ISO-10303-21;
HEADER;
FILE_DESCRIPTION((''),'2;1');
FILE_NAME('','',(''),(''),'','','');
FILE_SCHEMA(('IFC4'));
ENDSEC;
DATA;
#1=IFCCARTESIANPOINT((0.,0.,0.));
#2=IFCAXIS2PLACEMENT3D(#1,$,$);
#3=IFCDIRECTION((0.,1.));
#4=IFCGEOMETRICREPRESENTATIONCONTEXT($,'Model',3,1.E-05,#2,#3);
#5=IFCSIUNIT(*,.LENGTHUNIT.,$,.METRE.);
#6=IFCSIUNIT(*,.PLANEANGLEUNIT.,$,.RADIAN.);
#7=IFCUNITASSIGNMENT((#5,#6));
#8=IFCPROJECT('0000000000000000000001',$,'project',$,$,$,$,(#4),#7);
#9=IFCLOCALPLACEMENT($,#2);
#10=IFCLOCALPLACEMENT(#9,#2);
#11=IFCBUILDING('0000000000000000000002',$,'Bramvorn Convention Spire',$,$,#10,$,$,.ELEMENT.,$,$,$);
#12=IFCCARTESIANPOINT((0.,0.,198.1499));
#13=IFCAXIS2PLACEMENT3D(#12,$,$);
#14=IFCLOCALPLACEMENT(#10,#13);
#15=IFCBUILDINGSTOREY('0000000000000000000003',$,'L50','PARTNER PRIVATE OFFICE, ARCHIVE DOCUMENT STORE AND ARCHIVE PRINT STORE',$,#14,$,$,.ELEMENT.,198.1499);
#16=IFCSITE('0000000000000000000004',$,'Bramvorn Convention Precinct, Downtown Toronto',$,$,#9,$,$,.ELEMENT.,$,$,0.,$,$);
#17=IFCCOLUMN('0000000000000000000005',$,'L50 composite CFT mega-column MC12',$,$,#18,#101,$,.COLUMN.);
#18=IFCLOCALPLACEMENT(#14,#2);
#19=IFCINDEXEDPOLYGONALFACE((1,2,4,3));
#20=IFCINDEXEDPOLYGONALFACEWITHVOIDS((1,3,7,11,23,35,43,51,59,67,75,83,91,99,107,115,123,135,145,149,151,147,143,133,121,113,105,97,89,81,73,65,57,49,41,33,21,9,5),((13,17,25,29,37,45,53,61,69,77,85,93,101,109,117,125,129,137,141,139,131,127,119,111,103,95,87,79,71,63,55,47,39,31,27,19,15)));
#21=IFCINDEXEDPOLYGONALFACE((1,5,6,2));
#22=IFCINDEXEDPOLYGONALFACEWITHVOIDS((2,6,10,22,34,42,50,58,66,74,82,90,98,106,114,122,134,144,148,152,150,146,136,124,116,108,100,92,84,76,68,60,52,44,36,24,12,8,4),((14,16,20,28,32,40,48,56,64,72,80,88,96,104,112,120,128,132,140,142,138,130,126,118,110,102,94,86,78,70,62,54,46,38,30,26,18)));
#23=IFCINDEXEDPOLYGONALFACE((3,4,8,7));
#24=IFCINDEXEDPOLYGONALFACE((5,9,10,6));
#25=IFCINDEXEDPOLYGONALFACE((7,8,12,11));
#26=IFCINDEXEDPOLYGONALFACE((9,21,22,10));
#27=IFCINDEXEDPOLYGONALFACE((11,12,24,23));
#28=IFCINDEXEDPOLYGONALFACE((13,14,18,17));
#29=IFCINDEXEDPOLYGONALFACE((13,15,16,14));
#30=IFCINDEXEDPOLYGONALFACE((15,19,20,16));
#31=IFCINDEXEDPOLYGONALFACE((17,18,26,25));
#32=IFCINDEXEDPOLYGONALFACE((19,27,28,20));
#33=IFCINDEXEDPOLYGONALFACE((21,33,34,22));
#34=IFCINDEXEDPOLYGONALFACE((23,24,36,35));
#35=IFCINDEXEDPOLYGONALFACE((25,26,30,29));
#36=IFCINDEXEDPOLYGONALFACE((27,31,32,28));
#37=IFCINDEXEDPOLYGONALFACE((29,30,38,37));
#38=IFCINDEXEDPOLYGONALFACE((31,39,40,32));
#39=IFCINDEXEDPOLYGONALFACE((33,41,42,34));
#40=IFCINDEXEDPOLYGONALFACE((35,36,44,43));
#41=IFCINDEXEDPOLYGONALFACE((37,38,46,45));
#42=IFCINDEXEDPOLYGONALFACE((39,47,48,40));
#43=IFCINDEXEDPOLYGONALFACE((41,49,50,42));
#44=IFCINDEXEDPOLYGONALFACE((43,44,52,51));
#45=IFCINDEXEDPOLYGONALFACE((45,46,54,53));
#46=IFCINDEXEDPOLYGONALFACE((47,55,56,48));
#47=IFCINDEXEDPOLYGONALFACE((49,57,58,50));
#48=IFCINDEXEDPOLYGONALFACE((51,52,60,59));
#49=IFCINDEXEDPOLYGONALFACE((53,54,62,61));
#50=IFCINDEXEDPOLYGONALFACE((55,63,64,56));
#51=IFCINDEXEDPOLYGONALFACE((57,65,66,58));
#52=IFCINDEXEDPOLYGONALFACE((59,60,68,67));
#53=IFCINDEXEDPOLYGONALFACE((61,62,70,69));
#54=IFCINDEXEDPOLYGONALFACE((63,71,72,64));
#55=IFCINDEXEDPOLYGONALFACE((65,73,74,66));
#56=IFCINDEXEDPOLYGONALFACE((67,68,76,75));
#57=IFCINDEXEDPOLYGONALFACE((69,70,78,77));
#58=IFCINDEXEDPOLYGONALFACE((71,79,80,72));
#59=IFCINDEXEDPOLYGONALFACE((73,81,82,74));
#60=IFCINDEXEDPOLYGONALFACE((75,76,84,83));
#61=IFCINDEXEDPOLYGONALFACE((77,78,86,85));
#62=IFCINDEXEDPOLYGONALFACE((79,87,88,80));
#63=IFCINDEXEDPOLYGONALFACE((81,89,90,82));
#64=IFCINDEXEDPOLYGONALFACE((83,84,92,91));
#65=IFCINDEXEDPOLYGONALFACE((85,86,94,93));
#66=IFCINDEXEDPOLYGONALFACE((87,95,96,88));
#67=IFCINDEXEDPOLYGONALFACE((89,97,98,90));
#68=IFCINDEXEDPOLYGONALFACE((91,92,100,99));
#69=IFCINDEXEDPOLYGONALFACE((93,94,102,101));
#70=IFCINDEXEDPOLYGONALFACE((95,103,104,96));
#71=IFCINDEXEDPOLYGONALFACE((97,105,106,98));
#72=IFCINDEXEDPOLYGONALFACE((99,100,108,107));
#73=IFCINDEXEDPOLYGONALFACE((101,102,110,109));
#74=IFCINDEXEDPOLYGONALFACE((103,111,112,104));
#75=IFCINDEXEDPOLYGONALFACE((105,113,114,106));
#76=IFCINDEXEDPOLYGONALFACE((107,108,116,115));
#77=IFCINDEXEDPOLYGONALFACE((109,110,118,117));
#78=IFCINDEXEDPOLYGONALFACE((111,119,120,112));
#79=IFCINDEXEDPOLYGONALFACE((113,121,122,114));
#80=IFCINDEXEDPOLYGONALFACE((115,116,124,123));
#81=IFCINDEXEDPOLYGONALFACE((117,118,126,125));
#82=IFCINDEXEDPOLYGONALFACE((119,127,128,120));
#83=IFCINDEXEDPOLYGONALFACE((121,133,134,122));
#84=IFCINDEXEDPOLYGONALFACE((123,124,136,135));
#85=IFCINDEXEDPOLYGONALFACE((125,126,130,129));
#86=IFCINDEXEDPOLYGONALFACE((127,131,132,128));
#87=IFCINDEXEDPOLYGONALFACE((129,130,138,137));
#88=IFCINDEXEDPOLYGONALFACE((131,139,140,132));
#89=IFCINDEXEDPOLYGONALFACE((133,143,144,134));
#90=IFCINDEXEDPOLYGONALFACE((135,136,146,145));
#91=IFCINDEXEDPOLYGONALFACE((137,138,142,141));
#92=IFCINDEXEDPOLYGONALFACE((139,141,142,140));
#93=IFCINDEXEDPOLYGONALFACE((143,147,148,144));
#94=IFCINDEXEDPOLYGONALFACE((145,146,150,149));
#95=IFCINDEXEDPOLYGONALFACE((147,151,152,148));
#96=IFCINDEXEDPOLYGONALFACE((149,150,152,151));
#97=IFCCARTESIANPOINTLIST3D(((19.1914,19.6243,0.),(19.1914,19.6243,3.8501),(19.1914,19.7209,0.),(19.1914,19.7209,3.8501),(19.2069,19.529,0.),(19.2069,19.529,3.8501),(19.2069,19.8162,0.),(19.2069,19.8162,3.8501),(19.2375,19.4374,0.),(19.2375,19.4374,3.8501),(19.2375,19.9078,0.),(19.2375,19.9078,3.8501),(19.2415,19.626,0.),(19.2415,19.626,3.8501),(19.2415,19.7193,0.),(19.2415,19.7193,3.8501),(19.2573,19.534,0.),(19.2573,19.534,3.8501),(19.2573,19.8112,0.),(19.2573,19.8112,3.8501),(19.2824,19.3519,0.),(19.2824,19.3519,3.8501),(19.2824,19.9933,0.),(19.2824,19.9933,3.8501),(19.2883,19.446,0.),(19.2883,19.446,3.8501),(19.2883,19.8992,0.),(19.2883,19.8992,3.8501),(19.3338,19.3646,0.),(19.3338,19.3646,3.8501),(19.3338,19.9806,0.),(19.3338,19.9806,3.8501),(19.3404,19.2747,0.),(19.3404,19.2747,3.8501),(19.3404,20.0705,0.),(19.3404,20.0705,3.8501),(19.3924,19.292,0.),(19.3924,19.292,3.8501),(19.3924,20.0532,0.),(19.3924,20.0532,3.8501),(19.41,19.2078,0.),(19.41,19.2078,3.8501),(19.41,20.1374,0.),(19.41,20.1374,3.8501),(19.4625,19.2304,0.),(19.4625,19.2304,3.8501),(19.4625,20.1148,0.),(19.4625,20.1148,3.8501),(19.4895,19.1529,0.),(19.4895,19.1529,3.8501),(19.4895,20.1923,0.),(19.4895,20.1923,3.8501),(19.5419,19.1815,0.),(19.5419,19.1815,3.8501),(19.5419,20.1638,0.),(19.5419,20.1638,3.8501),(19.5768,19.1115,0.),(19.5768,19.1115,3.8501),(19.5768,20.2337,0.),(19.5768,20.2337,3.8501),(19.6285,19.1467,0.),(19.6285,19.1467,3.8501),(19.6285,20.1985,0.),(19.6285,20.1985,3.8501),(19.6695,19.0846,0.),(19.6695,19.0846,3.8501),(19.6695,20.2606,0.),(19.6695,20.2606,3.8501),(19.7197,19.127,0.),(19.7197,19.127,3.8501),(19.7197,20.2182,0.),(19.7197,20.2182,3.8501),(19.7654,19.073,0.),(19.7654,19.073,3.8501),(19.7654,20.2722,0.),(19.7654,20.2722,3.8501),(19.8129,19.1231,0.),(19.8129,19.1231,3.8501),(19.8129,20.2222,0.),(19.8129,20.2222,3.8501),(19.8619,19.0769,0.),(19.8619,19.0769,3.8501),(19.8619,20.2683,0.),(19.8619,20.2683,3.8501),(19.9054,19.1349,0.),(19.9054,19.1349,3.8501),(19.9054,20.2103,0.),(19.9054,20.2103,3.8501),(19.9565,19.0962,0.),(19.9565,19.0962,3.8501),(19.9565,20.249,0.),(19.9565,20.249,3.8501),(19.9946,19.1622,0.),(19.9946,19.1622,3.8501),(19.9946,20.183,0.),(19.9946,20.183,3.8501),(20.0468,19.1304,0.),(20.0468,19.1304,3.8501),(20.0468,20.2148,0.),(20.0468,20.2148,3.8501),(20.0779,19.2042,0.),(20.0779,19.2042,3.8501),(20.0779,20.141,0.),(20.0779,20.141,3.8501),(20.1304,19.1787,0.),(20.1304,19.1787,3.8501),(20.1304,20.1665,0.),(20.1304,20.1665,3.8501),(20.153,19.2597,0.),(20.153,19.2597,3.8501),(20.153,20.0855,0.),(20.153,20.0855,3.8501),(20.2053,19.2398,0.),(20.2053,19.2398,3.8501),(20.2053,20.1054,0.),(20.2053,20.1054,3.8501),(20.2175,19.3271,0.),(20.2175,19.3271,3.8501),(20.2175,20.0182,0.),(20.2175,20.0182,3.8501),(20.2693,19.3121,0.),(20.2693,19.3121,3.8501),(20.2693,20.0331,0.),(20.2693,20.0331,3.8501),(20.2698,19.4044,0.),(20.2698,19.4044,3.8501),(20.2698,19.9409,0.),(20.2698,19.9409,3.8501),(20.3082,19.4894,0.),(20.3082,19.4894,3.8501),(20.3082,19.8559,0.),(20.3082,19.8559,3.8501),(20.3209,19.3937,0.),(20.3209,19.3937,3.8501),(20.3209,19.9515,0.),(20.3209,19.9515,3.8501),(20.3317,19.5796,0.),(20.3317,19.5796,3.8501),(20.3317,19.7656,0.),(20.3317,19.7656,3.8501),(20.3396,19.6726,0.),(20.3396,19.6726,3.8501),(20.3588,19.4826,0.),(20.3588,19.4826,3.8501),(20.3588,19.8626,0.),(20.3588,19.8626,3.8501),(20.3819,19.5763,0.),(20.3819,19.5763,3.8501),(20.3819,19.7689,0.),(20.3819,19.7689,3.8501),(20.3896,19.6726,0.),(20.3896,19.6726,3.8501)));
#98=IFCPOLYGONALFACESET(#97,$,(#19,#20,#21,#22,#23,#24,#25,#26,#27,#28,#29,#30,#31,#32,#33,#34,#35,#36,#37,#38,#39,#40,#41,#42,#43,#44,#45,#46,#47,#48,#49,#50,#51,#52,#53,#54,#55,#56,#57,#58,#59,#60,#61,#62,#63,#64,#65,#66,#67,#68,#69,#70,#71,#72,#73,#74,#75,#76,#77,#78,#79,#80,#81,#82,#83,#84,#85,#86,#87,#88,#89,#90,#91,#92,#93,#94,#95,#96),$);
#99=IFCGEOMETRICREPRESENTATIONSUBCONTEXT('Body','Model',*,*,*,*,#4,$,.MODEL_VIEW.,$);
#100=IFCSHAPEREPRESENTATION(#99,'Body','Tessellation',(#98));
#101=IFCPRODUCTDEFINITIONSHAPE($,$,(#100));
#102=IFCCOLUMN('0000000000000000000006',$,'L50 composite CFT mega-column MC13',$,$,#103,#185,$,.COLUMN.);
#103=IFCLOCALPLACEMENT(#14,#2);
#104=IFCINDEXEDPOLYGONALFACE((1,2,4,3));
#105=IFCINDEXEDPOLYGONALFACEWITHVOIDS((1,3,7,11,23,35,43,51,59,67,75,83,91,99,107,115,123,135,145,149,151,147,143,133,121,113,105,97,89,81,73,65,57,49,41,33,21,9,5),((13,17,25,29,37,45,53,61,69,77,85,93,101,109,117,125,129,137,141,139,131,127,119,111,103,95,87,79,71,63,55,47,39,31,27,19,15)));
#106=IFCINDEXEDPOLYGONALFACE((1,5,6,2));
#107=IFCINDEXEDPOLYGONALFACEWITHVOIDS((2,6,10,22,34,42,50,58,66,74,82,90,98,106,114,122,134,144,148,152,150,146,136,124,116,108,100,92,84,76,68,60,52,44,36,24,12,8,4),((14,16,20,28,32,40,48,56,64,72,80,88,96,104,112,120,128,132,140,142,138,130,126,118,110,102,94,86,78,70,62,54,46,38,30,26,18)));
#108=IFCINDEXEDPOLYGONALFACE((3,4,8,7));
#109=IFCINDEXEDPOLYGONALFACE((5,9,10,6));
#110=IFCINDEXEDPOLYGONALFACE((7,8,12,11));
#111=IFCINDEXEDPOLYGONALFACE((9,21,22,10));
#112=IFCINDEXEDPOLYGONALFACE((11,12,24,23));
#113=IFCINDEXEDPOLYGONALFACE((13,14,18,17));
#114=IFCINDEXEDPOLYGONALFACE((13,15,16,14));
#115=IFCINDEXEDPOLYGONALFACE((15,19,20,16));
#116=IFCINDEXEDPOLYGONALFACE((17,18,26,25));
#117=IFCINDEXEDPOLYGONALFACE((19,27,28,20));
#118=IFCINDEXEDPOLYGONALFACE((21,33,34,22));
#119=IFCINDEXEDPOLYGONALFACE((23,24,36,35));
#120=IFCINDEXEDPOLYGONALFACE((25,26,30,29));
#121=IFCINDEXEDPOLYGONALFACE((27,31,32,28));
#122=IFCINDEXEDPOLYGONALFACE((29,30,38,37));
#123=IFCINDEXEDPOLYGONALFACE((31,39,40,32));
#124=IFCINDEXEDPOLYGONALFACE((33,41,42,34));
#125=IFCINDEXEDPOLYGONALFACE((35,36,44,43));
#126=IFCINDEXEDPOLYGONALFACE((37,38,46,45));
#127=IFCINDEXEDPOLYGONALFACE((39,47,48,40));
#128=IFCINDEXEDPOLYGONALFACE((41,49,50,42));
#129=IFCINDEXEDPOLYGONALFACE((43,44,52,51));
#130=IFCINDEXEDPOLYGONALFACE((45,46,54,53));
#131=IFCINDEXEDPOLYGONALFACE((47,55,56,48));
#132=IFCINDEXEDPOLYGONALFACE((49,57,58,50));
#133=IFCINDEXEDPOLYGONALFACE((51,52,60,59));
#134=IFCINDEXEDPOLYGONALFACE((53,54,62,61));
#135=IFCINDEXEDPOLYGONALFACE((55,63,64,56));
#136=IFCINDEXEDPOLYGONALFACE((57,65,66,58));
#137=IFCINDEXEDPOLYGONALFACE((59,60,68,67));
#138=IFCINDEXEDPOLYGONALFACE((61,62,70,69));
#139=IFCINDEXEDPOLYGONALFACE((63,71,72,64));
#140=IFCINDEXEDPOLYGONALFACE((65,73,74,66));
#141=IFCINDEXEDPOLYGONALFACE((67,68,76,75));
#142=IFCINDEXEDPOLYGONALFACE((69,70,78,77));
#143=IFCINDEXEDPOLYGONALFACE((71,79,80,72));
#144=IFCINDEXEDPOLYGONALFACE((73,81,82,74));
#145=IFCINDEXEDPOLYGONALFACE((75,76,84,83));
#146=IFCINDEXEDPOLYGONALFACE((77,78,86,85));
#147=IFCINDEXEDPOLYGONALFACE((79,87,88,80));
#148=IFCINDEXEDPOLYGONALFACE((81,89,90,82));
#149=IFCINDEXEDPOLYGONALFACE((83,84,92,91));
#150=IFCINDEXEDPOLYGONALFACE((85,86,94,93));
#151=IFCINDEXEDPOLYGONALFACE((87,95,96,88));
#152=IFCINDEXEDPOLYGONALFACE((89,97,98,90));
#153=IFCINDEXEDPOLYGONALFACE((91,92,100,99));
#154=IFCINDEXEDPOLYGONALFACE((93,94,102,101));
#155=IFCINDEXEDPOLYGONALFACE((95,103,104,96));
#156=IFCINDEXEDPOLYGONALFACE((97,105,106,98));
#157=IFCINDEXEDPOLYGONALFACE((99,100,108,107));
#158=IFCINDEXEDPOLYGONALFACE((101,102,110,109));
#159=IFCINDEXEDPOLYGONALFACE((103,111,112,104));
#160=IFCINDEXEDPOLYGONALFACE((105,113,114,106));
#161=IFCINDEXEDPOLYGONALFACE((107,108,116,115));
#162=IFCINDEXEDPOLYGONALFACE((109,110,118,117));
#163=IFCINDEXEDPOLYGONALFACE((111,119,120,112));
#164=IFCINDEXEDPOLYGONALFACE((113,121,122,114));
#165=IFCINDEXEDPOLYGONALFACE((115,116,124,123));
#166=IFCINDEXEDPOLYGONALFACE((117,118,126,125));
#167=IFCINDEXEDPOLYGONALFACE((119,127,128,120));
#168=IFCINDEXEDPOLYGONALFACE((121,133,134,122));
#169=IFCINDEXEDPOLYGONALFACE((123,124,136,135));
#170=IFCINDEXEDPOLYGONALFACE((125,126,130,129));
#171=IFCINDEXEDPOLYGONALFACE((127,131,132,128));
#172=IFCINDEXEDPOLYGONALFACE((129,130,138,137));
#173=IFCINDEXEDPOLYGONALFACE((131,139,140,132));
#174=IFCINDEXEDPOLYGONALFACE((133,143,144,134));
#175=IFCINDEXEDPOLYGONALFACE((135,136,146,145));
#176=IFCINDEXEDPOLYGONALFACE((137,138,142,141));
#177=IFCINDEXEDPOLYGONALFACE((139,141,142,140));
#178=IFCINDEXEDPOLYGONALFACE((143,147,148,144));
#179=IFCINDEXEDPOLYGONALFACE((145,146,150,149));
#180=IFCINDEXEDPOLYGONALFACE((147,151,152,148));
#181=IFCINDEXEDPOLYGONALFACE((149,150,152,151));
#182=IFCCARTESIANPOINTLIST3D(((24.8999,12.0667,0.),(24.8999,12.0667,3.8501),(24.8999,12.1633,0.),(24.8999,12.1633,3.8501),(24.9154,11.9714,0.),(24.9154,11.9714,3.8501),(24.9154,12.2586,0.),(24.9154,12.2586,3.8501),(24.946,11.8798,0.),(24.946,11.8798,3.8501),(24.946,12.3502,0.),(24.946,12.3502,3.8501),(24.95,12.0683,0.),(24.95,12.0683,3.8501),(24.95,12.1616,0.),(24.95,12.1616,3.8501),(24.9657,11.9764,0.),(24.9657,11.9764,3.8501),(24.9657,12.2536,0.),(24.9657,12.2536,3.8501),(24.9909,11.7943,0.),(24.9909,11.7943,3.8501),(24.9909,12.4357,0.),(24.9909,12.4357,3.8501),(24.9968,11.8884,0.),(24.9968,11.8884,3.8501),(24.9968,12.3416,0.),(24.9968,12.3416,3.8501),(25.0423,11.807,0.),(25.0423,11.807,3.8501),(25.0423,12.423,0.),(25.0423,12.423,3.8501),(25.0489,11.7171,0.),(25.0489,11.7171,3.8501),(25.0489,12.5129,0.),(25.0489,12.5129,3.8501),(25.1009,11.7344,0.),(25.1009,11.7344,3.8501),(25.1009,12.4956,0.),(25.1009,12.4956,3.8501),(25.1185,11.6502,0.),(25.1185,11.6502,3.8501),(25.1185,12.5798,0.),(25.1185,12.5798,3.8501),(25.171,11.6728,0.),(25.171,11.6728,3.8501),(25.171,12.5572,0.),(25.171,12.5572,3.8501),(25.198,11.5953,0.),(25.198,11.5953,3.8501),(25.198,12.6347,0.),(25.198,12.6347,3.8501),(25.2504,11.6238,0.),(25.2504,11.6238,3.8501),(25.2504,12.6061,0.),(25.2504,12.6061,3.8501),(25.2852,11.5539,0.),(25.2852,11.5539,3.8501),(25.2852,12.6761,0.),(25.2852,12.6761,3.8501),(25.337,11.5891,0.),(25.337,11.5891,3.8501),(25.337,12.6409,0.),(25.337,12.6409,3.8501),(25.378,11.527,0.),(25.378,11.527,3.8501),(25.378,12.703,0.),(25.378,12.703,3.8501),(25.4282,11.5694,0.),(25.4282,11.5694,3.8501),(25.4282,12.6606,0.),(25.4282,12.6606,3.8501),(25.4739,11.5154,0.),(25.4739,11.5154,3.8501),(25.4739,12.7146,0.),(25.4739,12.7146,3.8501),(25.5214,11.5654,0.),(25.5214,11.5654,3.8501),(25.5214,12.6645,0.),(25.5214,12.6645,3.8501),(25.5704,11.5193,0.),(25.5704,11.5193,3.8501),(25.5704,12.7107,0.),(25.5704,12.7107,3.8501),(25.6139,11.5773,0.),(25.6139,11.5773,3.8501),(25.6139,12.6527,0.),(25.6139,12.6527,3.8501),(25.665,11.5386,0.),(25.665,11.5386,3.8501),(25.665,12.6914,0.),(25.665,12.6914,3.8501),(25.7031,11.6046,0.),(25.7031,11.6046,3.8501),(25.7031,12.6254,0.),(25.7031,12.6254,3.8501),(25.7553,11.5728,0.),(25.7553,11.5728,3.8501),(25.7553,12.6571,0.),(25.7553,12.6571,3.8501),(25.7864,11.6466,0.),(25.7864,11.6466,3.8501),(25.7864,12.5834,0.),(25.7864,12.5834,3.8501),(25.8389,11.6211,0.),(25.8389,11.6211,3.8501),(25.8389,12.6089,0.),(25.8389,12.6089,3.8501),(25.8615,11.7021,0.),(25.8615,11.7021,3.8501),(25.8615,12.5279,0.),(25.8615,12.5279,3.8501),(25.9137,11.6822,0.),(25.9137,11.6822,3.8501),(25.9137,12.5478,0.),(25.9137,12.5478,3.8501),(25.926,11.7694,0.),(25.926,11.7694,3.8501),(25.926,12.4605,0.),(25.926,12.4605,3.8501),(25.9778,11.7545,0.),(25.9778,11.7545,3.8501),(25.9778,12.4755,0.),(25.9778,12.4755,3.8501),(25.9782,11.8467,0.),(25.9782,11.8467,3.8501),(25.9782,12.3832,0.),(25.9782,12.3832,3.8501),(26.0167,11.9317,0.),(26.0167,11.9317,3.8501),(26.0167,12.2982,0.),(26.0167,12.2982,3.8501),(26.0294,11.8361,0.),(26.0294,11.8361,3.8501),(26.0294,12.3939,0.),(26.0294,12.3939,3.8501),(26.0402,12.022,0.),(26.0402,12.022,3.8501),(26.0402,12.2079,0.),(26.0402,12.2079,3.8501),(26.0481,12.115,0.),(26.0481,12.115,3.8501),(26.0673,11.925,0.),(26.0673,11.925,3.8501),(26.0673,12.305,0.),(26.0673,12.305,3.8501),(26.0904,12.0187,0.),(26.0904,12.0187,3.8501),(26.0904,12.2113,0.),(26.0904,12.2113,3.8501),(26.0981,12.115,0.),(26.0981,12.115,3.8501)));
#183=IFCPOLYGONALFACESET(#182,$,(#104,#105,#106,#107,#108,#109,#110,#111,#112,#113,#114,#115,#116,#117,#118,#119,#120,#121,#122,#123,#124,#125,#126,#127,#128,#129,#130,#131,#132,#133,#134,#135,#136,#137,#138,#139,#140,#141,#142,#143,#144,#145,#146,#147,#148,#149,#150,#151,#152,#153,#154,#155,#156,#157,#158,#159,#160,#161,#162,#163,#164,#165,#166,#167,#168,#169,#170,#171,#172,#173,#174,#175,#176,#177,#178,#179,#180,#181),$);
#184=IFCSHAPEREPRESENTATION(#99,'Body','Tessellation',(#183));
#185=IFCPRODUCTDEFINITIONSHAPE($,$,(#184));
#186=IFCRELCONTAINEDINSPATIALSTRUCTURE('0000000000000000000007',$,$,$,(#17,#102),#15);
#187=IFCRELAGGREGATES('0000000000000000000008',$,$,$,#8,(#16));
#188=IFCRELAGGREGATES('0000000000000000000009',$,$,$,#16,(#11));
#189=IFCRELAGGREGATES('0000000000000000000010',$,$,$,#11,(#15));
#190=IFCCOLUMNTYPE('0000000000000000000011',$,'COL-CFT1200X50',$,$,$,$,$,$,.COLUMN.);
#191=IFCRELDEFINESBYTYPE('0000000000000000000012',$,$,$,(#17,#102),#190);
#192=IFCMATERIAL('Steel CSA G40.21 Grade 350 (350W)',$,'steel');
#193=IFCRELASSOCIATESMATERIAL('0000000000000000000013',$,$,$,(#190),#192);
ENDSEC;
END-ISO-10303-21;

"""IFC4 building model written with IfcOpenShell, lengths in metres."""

from ifc_helpers import new_model, si_unit, direction, frame, origin, origin_2d, place, context, subcontext, project, spatial, hollow_circle, extrude, material, material_profile, profile_set, type_object, element, save


model = new_model("IFC4")

# Units and contexts
model_context = context("Model", 3, precision=1e-05, world=origin(), true_north=direction((0.0, 1.0)))
body_context = subcontext(model_context, "Body", "Model", "MODEL_VIEW")
ifc_project = project(units=[si_unit("LENGTHUNIT", "METRE"), si_unit("PLANEANGLEUNIT", "RADIAN")], contexts=[model_context])

# Site, building, storey
site_placement = place(None, origin())
site = spatial("IfcSite", under=ifc_project, at=site_placement, Name="Bramvorn Convention Precinct, Downtown Toronto", CompositionType="ELEMENT", RefElevation=0.0)
building_placement = place(site_placement, origin())
building = spatial("IfcBuilding", under=site, at=building_placement, Name="Bramvorn Convention Spire", CompositionType="ELEMENT")
storey_placement = place(building_placement, frame((0.0, 0.0, 198.1499)))
storey = spatial("IfcBuildingStorey", under=building, at=storey_placement, Name="L50", Description="PARTNER PRIVATE OFFICE, ARCHIVE DOCUMENT STORE AND ARCHIVE PRINT STORE", CompositionType="ELEMENT", Elevation=198.1499)

# Columns
ifc_material_1 = material(Name="Steel CSA G40.21 Grade 350 (350W)", Category="steel")
ifc_material_profile_1 = material_profile(ifc_material_1, hollow_circle(Radius=0.6001, WallThickness=0.05, at=origin_2d()))
ifc_profile_set_1 = profile_set([ifc_material_profile_1], Name="Steel CSA G40.21 Grade 350 (350W) - CFT1200X50")
column_type = type_object("IfcColumnType", Name="COL-CFT1200X50", PredefinedType="COLUMN", material=ifc_profile_set_1)
for number, where, z_axis, x_axis, name in (
    (1, (19.7896, 19.6726, 0.0), (0.0, 0.0, 1.0), (1.0, 0.0, 0.0), "L50 composite CFT mega-column MC12"),
    (2, (25.498, 12.115, 0.0), (0.0, 0.0, 1.0), (1.0, 0.0, 0.0), "L50 composite CFT mega-column MC13"),
):
    element("IfcColumn", number, at=place(storey_placement, frame(where, z_axis=z_axis, x_axis=x_axis)), inside=storey, type_object=column_type, Name=name, PredefinedType="COLUMN", context=body_context, shape_type="SweptSolid", body=[
        extrude(hollow_circle(Radius=0.6001, WallThickness=0.05, at=origin_2d()), origin(), (0.0, 0.0, 1.0), 3.8501),
    ])

save(model, "model.ifc")
